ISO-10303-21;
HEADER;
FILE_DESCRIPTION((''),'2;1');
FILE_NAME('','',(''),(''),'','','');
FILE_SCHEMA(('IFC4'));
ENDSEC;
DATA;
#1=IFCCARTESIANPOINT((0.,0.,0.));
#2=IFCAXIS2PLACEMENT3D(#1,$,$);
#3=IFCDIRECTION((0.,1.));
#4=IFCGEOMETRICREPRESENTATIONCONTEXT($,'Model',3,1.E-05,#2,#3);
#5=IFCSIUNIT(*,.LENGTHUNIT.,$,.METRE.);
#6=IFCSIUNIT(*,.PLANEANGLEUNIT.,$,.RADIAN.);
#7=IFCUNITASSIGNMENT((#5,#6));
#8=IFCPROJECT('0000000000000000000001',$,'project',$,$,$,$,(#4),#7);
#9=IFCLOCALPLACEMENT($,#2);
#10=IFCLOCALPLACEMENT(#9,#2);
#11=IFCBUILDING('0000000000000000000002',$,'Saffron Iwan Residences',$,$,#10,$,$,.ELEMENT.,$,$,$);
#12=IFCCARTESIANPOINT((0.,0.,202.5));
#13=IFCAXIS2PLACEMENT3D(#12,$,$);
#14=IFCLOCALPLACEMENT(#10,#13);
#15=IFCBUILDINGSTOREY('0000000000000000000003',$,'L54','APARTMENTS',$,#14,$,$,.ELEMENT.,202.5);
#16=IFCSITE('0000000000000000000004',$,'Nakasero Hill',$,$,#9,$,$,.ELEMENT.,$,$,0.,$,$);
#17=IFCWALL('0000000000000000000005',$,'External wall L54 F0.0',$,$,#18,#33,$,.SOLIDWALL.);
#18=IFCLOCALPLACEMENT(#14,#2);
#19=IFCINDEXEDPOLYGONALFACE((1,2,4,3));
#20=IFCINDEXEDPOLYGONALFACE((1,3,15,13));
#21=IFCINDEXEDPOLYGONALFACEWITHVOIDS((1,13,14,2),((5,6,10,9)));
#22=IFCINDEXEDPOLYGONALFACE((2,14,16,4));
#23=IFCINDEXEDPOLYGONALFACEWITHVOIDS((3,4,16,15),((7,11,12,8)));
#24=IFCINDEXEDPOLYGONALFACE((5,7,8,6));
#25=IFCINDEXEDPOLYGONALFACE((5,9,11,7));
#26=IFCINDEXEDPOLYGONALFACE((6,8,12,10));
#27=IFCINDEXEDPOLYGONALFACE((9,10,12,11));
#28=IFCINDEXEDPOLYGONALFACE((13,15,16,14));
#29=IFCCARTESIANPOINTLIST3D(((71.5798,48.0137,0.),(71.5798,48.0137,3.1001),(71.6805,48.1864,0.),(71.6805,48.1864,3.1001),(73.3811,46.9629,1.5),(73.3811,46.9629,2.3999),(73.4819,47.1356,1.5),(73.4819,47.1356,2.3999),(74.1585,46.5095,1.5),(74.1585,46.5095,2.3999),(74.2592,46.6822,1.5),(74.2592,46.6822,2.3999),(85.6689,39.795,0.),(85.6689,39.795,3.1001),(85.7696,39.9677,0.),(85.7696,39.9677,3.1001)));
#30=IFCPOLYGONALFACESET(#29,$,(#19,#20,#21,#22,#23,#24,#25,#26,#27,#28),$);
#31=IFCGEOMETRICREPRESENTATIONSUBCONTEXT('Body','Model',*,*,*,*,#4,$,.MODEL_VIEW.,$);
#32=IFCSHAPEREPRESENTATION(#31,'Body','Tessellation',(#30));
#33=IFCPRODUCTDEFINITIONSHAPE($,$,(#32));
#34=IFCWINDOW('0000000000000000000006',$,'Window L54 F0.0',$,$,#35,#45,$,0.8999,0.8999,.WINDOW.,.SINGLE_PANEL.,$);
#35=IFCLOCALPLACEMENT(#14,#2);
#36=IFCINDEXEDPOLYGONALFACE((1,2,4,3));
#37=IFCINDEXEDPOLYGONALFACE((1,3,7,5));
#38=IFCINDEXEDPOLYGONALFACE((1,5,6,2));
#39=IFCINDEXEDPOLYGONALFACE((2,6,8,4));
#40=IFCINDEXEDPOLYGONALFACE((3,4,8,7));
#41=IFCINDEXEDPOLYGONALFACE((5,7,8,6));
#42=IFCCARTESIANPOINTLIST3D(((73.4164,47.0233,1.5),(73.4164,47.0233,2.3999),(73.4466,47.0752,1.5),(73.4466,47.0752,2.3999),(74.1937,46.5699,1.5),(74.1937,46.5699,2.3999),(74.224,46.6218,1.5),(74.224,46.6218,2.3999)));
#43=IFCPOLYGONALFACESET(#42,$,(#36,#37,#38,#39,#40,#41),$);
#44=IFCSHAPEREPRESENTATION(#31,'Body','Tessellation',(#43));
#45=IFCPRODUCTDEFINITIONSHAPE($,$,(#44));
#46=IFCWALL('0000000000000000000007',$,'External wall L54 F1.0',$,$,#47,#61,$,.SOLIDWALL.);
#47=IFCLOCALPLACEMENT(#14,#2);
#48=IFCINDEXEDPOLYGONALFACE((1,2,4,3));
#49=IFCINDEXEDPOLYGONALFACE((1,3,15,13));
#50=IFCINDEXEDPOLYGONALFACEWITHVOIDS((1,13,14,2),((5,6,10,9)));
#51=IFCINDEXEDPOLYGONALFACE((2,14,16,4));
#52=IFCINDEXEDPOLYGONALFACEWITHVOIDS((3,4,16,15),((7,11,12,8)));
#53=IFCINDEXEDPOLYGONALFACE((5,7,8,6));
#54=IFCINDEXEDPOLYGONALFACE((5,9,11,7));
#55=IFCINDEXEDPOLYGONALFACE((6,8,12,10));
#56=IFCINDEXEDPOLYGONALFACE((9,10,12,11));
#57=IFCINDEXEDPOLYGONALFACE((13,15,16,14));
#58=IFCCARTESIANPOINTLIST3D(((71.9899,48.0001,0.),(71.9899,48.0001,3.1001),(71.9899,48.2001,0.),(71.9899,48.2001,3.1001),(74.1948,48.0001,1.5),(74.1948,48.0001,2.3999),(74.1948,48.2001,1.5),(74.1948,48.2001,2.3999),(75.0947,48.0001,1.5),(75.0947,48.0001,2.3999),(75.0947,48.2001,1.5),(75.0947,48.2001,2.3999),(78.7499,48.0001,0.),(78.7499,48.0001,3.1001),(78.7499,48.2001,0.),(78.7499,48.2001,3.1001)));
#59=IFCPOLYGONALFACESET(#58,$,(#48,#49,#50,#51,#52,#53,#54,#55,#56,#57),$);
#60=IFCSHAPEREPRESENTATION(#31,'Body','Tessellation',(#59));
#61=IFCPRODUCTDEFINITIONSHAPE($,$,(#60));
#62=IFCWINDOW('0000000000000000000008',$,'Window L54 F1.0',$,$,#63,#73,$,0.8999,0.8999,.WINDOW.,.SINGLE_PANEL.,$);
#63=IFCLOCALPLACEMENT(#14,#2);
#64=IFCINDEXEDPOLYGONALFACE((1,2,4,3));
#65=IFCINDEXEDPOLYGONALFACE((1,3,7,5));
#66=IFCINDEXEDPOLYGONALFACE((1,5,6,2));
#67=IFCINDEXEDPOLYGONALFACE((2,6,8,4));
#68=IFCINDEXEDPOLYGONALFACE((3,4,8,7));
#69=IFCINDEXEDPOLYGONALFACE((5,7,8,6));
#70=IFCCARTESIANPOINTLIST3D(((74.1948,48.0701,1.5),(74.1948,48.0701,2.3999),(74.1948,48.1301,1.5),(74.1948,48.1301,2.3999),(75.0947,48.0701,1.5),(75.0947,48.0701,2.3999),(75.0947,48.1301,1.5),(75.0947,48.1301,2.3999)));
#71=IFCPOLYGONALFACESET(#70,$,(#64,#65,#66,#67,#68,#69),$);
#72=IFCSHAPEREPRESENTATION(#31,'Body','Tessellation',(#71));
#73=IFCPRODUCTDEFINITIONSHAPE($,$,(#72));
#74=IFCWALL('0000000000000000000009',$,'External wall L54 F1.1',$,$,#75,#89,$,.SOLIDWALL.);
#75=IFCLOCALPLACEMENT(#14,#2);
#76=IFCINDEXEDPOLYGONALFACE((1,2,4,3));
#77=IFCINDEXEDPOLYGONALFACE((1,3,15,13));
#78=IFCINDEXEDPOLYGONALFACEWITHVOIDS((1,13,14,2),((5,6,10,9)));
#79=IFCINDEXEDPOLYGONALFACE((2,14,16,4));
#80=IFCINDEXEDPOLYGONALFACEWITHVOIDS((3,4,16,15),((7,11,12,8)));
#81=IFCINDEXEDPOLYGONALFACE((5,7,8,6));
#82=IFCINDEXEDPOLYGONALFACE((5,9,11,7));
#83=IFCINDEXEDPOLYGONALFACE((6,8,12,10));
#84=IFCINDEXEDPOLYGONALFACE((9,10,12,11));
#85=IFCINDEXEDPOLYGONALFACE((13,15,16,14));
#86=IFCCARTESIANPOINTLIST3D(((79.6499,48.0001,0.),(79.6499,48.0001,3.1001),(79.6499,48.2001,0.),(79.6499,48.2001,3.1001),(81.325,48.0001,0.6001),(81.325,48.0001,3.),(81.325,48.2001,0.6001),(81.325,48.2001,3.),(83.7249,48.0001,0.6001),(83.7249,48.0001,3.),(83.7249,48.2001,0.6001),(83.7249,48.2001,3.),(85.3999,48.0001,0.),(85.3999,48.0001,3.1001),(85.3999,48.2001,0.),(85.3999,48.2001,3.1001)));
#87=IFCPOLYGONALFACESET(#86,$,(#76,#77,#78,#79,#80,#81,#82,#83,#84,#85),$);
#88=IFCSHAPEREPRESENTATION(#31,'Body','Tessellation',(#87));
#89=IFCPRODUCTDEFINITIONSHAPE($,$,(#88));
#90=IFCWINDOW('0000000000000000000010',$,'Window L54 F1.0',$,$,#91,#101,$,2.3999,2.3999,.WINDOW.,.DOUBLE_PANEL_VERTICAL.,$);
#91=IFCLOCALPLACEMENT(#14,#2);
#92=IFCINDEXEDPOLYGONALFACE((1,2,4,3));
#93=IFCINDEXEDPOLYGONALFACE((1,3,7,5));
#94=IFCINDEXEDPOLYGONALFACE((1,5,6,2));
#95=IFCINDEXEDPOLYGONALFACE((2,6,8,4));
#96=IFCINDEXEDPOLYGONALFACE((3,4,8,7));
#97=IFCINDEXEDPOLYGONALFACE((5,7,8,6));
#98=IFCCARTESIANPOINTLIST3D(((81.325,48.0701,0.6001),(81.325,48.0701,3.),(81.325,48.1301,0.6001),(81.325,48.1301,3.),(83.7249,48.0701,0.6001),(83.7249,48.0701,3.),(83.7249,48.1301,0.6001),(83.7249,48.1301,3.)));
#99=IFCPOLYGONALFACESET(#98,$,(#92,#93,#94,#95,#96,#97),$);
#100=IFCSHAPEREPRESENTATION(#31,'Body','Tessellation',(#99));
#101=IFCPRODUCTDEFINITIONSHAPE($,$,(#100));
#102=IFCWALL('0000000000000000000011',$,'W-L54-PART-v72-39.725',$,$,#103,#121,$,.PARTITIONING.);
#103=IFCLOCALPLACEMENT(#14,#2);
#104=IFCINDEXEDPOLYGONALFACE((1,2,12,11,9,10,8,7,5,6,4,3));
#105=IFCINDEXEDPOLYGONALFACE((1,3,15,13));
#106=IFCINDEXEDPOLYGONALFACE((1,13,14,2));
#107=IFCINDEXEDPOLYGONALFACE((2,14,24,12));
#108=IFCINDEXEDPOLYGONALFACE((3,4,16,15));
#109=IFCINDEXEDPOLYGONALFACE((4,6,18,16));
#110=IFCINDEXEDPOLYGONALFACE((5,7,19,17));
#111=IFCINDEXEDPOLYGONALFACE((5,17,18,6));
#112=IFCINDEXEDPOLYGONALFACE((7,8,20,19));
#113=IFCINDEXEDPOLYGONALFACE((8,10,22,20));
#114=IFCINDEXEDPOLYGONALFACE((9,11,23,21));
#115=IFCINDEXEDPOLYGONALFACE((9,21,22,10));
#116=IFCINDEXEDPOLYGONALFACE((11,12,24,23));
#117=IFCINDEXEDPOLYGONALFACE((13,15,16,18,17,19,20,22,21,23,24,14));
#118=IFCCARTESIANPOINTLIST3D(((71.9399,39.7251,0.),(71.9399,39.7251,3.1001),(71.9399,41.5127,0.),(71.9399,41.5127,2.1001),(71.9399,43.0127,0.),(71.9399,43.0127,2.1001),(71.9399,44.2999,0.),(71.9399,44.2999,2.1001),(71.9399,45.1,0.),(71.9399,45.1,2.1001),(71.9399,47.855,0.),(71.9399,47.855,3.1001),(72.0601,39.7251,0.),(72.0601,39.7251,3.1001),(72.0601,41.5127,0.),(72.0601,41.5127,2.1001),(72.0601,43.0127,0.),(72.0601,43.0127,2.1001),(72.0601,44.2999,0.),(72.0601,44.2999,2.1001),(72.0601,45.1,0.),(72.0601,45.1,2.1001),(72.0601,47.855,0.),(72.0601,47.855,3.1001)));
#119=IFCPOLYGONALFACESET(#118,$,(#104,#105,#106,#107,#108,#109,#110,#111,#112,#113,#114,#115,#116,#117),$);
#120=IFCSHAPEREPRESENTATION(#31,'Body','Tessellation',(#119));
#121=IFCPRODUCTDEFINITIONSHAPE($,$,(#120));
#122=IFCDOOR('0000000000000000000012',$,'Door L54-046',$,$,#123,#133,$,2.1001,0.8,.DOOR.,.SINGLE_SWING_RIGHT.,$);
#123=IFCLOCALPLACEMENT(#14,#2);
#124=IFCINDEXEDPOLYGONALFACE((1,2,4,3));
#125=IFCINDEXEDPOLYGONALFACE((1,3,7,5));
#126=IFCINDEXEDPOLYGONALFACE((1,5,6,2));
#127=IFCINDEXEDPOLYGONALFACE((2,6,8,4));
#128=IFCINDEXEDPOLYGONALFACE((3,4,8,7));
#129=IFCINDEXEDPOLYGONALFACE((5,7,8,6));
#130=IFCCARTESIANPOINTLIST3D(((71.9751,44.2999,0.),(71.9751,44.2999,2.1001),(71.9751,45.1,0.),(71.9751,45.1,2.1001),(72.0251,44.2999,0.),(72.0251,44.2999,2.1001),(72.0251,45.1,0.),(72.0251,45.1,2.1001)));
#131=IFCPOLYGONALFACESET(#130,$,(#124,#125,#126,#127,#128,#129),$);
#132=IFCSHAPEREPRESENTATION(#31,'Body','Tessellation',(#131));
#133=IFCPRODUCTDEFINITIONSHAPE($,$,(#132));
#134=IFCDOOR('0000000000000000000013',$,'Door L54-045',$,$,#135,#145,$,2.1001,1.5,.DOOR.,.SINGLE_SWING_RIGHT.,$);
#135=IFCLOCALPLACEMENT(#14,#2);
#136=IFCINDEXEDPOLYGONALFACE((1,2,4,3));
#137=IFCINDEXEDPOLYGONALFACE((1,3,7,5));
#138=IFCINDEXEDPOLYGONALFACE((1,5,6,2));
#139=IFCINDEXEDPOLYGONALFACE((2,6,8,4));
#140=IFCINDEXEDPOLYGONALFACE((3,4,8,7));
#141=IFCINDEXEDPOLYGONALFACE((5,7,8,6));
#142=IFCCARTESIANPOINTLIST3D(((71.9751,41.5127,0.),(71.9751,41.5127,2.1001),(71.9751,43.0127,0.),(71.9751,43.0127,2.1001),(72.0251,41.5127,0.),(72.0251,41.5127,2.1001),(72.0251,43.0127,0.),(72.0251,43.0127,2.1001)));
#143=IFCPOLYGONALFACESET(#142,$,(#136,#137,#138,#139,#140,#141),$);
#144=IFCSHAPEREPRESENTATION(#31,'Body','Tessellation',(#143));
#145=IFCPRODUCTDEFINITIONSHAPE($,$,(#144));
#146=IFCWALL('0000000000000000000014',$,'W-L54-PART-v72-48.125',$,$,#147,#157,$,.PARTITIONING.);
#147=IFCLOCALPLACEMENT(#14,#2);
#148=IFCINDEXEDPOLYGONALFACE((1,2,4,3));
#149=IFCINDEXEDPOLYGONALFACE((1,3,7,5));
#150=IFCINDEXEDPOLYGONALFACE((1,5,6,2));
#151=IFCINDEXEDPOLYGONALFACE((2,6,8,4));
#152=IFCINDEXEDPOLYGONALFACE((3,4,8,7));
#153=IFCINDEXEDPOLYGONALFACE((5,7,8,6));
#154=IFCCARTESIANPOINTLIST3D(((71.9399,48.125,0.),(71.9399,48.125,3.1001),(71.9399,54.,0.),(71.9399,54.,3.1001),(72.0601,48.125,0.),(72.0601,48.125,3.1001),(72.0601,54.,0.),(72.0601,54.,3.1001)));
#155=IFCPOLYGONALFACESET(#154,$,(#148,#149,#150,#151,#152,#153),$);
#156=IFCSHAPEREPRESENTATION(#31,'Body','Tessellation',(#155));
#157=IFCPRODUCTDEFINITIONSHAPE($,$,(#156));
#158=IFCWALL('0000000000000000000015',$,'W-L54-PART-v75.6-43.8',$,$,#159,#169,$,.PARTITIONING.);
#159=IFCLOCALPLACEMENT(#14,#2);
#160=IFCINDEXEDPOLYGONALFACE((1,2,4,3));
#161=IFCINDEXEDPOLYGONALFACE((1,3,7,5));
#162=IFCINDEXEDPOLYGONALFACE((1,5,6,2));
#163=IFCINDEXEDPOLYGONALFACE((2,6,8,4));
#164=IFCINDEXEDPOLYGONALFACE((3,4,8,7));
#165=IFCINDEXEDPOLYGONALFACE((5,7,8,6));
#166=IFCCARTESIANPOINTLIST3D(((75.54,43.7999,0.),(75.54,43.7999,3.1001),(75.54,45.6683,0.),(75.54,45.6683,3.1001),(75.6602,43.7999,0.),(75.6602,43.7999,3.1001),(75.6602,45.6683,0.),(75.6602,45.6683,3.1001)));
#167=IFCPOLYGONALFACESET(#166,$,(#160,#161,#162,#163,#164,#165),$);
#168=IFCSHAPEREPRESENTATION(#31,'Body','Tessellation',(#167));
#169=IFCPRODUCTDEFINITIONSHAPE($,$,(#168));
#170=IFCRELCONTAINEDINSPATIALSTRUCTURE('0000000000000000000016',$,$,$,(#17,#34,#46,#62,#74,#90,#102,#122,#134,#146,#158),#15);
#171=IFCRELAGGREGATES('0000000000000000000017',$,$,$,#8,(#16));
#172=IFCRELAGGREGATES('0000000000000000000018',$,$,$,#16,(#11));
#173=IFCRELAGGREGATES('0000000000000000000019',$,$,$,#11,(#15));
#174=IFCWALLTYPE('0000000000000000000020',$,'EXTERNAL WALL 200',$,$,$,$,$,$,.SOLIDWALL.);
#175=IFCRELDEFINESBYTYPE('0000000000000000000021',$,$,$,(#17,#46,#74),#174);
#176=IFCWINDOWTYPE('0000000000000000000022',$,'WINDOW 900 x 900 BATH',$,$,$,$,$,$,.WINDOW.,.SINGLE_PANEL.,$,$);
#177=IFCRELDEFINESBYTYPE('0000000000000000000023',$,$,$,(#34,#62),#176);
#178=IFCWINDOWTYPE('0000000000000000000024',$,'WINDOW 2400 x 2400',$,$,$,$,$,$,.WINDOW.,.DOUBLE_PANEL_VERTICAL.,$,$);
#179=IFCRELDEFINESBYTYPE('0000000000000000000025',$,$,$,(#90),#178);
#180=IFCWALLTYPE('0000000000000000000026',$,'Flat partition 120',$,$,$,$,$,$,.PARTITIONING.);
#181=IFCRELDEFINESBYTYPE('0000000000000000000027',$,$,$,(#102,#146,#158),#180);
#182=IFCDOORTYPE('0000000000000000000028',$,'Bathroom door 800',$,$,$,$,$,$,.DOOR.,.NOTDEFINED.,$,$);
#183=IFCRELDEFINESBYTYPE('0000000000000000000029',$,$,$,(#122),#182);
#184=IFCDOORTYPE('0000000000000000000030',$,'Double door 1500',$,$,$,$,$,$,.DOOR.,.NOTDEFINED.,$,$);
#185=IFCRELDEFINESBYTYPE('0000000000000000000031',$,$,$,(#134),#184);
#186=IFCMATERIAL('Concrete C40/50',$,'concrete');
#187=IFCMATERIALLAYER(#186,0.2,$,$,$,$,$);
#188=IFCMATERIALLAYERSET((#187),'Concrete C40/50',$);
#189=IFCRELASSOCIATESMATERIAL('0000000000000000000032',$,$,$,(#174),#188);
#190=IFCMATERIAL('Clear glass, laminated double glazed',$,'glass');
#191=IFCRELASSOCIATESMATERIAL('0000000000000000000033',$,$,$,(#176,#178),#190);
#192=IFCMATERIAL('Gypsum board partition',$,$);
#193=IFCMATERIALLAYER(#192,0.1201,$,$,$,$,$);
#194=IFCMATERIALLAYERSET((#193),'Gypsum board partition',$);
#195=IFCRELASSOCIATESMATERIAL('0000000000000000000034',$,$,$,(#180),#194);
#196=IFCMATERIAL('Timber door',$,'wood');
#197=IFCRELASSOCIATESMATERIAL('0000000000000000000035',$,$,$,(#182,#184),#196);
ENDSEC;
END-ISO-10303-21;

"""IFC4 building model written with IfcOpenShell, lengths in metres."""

from ifc_helpers import new_model, si_unit, direction, frame, frame_2d, origin, place, context, subcontext, project, spatial, rectangle, extrude, material, layer, layer_set, type_object, element, fill, save


model = new_model("IFC4")

# Units and contexts
model_context = context("Model", 3, precision=1e-05, world=origin(), true_north=direction((0.0, 1.0)))
body_context = subcontext(model_context, "Body", "Model", "MODEL_VIEW")
ifc_project = project(units=[si_unit("LENGTHUNIT", "METRE"), si_unit("PLANEANGLEUNIT", "RADIAN")], contexts=[model_context])

# Site, building, storey
site_placement = place(None, origin())
site = spatial("IfcSite", under=ifc_project, at=site_placement, Name="Nakasero Hill", CompositionType="ELEMENT", RefElevation=0.0)
building_placement = place(site_placement, origin())
building = spatial("IfcBuilding", under=site, at=building_placement, Name="Saffron Iwan Residences", CompositionType="ELEMENT")
storey_placement = place(building_placement, frame((0.0, 0.0, 202.5)))
storey = spatial("IfcBuildingStorey", under=building, at=storey_placement, Name="L54", Description="APARTMENTS", CompositionType="ELEMENT", Elevation=202.5)

# Walls, openings, windows
ifc_material_1 = material(Name="Concrete C40/50", Category="concrete")
ifc_layer_1 = layer(ifc_material_1, 0.2)
ifc_layer_set_1 = layer_set([ifc_layer_1], Name="Concrete C40/50")
wall_type_1 = type_object("IfcWallType", Name="EXTERNAL WALL 200", PredefinedType="SOLIDWALL", material=ifc_layer_set_1)
wall_1_placement = place(storey_placement, frame((85.7192, 39.8813, 0.0), z_axis=(0.0, 0.0, 1.0), x_axis=(-0.863776, 0.503876, 0.0)))
wall_1 = element("IfcWall", 1, at=wall_1_placement, inside=storey, type_object=wall_type_1, Name="External wall L54 F0.0", PredefinedType="SOLIDWALL", context=body_context, shape_type="SweptSolid", body=[
    extrude(rectangle(XDim=16.311, YDim=0.2, at=frame_2d((8.1555, 0.0))), origin(), (0.0, 0.0, 1.0), 3.1001),
])
opening_1_placement = place(wall_1_placement, frame((13.3257, 0.0, 1.5)))
opening_1 = element("IfcOpeningElement", 2, at=opening_1_placement, cuts=wall_1, PredefinedType="OPENING", context=body_context, shape_type="SweptSolid", body=[
    extrude(rectangle(XDim=0.8999, YDim=0.8999, at=frame_2d((0.45, 0.45))), frame((0.0, 0.1099, 0.0), z_axis=(0.0, -1.0, 0.0), x_axis=(1.0, 0.0, 0.0)), (0.0, 0.0, 1.0), 0.22),
])
ifc_material_2 = material(Name="Clear glass, laminated double glazed", Category="glass")
window_type_1 = type_object("IfcWindowType", Name="WINDOW 900 x 900 BATH", PartitioningType="SINGLE_PANEL", PredefinedType="WINDOW", material=ifc_material_2)
window_1_placement = place(opening_1_placement, origin())
window_1 = element("IfcWindow", 3, at=window_1_placement, inside=storey, type_object=window_type_1, Name="Window L54 F0.0", OverallHeight=0.8999, OverallWidth=0.8999, PartitioningType="SINGLE_PANEL", PredefinedType="WINDOW", context=body_context, shape_type="SweptSolid", body=[
    extrude(rectangle(XDim=0.8999, YDim=0.8999, at=frame_2d((0.45, 0.45))), frame((0.0, 0.03, 0.0), z_axis=(0.0, -1.0, 0.0), x_axis=(1.0, 0.0, 0.0)), (0.0, 0.0, 1.0), 0.0601),
])
fill(opening_1, window_1)
wall_2_placement = place(storey_placement, frame((71.99, 48.1001, 0.0), z_axis=(0.0, 0.0, 1.0), x_axis=(1.0, 0.0, 0.0)))
wall_2 = element("IfcWall", 4, at=wall_2_placement, inside=storey, type_object=wall_type_1, Name="External wall L54 F1.0", PredefinedType="SOLIDWALL", context=body_context, shape_type="SweptSolid", body=[
    extrude(rectangle(XDim=6.76, YDim=0.2, at=frame_2d((3.3799, 0.0))), origin(), (0.0, 0.0, 1.0), 3.1001),
])
opening_2_placement = place(wall_2_placement, frame((2.2048, 0.0, 1.5)))
opening_2 = element("IfcOpeningElement", 5, at=opening_2_placement, cuts=wall_2, PredefinedType="OPENING", context=body_context, shape_type="SweptSolid", body=[
    extrude(rectangle(XDim=0.8999, YDim=0.8999, at=frame_2d((0.45, 0.45))), frame((0.0, 0.1099, 0.0), z_axis=(0.0, -1.0, 0.0), x_axis=(1.0, 0.0, 0.0)), (0.0, 0.0, 1.0), 0.22),
])
window_2_placement = place(opening_2_placement, origin())
window_2 = element("IfcWindow", 6, at=window_2_placement, inside=storey, type_object=window_type_1, Name="Window L54 F1.0", OverallHeight=0.8999, OverallWidth=0.8999, PartitioningType="SINGLE_PANEL", PredefinedType="WINDOW", context=body_context, shape_type="SweptSolid", body=[
    extrude(rectangle(XDim=0.8999, YDim=0.8999, at=frame_2d((0.45, 0.45))), frame((0.0, 0.03, 0.0), z_axis=(0.0, -1.0, 0.0), x_axis=(1.0, 0.0, 0.0)), (0.0, 0.0, 1.0), 0.0601),
])
fill(opening_2, window_2)
wall_3_placement = place(storey_placement, frame((79.6499, 48.1001, 0.0), z_axis=(0.0, 0.0, 1.0), x_axis=(1.0, 0.0, 0.0)))
wall_3 = element("IfcWall", 7, at=wall_3_placement, inside=storey, type_object=wall_type_1, Name="External wall L54 F1.1", PredefinedType="SOLIDWALL", context=body_context, shape_type="SweptSolid", body=[
    extrude(rectangle(XDim=5.75, YDim=0.2, at=frame_2d((2.875, 0.0))), origin(), (0.0, 0.0, 1.0), 3.1001),
])
opening_3_placement = place(wall_3_placement, frame((1.675, 0.0, 0.6001)))
opening_3 = element("IfcOpeningElement", 8, at=opening_3_placement, cuts=wall_3, PredefinedType="OPENING", context=body_context, shape_type="SweptSolid", body=[
    extrude(rectangle(XDim=2.3999, YDim=2.3999, at=frame_2d((1.2, 1.2))), frame((0.0, 0.1099, 0.0), z_axis=(0.0, -1.0, 0.0), x_axis=(1.0, 0.0, 0.0)), (0.0, 0.0, 1.0), 0.22),
])
window_type_2 = type_object("IfcWindowType", Name="WINDOW 2400 x 2400", PartitioningType="DOUBLE_PANEL_VERTICAL", PredefinedType="WINDOW", material=ifc_material_2)
window_3_placement = place(opening_3_placement, origin())
window_3 = element("IfcWindow", 9, at=window_3_placement, inside=storey, type_object=window_type_2, Name="Window L54 F1.0", OverallHeight=2.3999, OverallWidth=2.3999, PartitioningType="DOUBLE_PANEL_VERTICAL", PredefinedType="WINDOW", context=body_context, shape_type="SweptSolid", body=[
    extrude(rectangle(XDim=2.3999, YDim=2.3999, at=frame_2d((1.2, 1.2))), frame((0.0, 0.03, 0.0), z_axis=(0.0, -1.0, 0.0), x_axis=(1.0, 0.0, 0.0)), (0.0, 0.0, 1.0), 0.0601),
])
fill(opening_3, window_3)

# Wall, openings, doors
ifc_material_3 = material(Name="Gypsum board partition")
ifc_layer_2 = layer(ifc_material_3, 0.1201)
ifc_layer_set_2 = layer_set([ifc_layer_2], Name="Gypsum board partition")
wall_type_2 = type_object("IfcWallType", Name="Flat partition 120", PredefinedType="PARTITIONING", material=ifc_layer_set_2)
wall_4_placement = place(storey_placement, frame((72.0, 39.7251, 0.0), z_axis=(0.0, 0.0, 1.0), x_axis=(0.0, 1.0, 0.0)))
wall_4 = element("IfcWall", 10, at=wall_4_placement, inside=storey, type_object=wall_type_2, Name="W-L54-PART-v72-39.725", PredefinedType="PARTITIONING", context=body_context, shape_type="SweptSolid", body=[
    extrude(rectangle(XDim=8.1299, YDim=0.1201, at=frame_2d((4.0649, 0.0))), origin(), (0.0, 0.0, 1.0), 3.1001),
])
opening_4_placement = place(wall_4_placement, frame((1.7876, 0.0, 0.0)))
opening_4 = element("IfcOpeningElement", 11, at=opening_4_placement, cuts=wall_4, PredefinedType="OPENING", context=body_context, shape_type="SweptSolid", body=[
    extrude(rectangle(XDim=1.5, YDim=2.1001, at=frame_2d((0.75, 1.05))), frame((0.0, 0.0701, 0.0), z_axis=(0.0, -1.0, 0.0), x_axis=(1.0, 0.0, 0.0)), (0.0, 0.0, 1.0), 0.1401),
])
opening_5_placement = place(wall_4_placement, frame((4.575, 0.0, 0.0)))
opening_5 = element("IfcOpeningElement", 12, at=opening_5_placement, cuts=wall_4, PredefinedType="OPENING", context=body_context, shape_type="SweptSolid", body=[
    extrude(rectangle(XDim=0.8, YDim=2.1001, at=frame_2d((0.3999, 1.05))), frame((0.0, 0.0701, 0.0), z_axis=(0.0, -1.0, 0.0), x_axis=(1.0, 0.0, 0.0)), (0.0, 0.0, 1.0), 0.1401),
])
ifc_material_4 = material(Name="Timber door", Category="wood")
door_type_1 = type_object("IfcDoorType", Name="Bathroom door 800", OperationType="NOTDEFINED", PredefinedType="DOOR", material=ifc_material_4)
door_1_placement = place(opening_5_placement, origin())
door_1 = element("IfcDoor", 13, at=door_1_placement, inside=storey, type_object=door_type_1, Name="Door L54-046", OperationType="SINGLE_SWING_RIGHT", OverallHeight=2.1001, OverallWidth=0.8, PredefinedType="DOOR", context=body_context, shape_type="SweptSolid", body=[
    extrude(rectangle(XDim=0.8, YDim=2.1001, at=frame_2d((0.3999, 1.05))), frame((0.0, 0.0249, 0.0), z_axis=(0.0, -1.0, 0.0), x_axis=(1.0, 0.0, 0.0)), (0.0, 0.0, 1.0), 0.05),
])
fill(opening_5, door_1)
door_type_2 = type_object("IfcDoorType", Name="Double door 1500", OperationType="NOTDEFINED", PredefinedType="DOOR", material=ifc_material_4)
door_2_placement = place(opening_4_placement, origin())
door_2 = element("IfcDoor", 14, at=door_2_placement, inside=storey, type_object=door_type_2, Name="Door L54-045", OperationType="SINGLE_SWING_RIGHT", OverallHeight=2.1001, OverallWidth=1.5, PredefinedType="DOOR", context=body_context, shape_type="SweptSolid", body=[
    extrude(rectangle(XDim=1.5, YDim=2.1001, at=frame_2d((0.75, 1.05))), frame((0.0, 0.0249, 0.0), z_axis=(0.0, -1.0, 0.0), x_axis=(1.0, 0.0, 0.0)), (0.0, 0.0, 1.0), 0.05),
])
fill(opening_4, door_2)

# Walls
wall_5_placement = place(storey_placement, frame((72.0, 48.125, 0.0), z_axis=(0.0, 0.0, 1.0), x_axis=(0.0, 1.0, 0.0)))
element("IfcWall", 15, at=wall_5_placement, inside=storey, type_object=wall_type_2, Name="W-L54-PART-v72-48.125", PredefinedType="PARTITIONING", context=body_context, shape_type="SweptSolid", body=[
    extrude(rectangle(XDim=5.875, YDim=0.1201, at=frame_2d((2.9375, 0.0))), origin(), (0.0, 0.0, 1.0), 3.1001),
])
wall_6_placement = place(storey_placement, frame((75.6001, 43.8, 0.0), z_axis=(0.0, 0.0, 1.0), x_axis=(0.0, 1.0, 0.0)))
element("IfcWall", 16, at=wall_6_placement, inside=storey, type_object=wall_type_2, Name="W-L54-PART-v75.6-43.8", PredefinedType="PARTITIONING", context=body_context, shape_type="SweptSolid", body=[
    extrude(rectangle(XDim=1.8684, YDim=0.1201, at=frame_2d((0.9341, 0.0))), origin(), (0.0, 0.0, 1.0), 3.1001),
])

save(model, "model.ifc")
